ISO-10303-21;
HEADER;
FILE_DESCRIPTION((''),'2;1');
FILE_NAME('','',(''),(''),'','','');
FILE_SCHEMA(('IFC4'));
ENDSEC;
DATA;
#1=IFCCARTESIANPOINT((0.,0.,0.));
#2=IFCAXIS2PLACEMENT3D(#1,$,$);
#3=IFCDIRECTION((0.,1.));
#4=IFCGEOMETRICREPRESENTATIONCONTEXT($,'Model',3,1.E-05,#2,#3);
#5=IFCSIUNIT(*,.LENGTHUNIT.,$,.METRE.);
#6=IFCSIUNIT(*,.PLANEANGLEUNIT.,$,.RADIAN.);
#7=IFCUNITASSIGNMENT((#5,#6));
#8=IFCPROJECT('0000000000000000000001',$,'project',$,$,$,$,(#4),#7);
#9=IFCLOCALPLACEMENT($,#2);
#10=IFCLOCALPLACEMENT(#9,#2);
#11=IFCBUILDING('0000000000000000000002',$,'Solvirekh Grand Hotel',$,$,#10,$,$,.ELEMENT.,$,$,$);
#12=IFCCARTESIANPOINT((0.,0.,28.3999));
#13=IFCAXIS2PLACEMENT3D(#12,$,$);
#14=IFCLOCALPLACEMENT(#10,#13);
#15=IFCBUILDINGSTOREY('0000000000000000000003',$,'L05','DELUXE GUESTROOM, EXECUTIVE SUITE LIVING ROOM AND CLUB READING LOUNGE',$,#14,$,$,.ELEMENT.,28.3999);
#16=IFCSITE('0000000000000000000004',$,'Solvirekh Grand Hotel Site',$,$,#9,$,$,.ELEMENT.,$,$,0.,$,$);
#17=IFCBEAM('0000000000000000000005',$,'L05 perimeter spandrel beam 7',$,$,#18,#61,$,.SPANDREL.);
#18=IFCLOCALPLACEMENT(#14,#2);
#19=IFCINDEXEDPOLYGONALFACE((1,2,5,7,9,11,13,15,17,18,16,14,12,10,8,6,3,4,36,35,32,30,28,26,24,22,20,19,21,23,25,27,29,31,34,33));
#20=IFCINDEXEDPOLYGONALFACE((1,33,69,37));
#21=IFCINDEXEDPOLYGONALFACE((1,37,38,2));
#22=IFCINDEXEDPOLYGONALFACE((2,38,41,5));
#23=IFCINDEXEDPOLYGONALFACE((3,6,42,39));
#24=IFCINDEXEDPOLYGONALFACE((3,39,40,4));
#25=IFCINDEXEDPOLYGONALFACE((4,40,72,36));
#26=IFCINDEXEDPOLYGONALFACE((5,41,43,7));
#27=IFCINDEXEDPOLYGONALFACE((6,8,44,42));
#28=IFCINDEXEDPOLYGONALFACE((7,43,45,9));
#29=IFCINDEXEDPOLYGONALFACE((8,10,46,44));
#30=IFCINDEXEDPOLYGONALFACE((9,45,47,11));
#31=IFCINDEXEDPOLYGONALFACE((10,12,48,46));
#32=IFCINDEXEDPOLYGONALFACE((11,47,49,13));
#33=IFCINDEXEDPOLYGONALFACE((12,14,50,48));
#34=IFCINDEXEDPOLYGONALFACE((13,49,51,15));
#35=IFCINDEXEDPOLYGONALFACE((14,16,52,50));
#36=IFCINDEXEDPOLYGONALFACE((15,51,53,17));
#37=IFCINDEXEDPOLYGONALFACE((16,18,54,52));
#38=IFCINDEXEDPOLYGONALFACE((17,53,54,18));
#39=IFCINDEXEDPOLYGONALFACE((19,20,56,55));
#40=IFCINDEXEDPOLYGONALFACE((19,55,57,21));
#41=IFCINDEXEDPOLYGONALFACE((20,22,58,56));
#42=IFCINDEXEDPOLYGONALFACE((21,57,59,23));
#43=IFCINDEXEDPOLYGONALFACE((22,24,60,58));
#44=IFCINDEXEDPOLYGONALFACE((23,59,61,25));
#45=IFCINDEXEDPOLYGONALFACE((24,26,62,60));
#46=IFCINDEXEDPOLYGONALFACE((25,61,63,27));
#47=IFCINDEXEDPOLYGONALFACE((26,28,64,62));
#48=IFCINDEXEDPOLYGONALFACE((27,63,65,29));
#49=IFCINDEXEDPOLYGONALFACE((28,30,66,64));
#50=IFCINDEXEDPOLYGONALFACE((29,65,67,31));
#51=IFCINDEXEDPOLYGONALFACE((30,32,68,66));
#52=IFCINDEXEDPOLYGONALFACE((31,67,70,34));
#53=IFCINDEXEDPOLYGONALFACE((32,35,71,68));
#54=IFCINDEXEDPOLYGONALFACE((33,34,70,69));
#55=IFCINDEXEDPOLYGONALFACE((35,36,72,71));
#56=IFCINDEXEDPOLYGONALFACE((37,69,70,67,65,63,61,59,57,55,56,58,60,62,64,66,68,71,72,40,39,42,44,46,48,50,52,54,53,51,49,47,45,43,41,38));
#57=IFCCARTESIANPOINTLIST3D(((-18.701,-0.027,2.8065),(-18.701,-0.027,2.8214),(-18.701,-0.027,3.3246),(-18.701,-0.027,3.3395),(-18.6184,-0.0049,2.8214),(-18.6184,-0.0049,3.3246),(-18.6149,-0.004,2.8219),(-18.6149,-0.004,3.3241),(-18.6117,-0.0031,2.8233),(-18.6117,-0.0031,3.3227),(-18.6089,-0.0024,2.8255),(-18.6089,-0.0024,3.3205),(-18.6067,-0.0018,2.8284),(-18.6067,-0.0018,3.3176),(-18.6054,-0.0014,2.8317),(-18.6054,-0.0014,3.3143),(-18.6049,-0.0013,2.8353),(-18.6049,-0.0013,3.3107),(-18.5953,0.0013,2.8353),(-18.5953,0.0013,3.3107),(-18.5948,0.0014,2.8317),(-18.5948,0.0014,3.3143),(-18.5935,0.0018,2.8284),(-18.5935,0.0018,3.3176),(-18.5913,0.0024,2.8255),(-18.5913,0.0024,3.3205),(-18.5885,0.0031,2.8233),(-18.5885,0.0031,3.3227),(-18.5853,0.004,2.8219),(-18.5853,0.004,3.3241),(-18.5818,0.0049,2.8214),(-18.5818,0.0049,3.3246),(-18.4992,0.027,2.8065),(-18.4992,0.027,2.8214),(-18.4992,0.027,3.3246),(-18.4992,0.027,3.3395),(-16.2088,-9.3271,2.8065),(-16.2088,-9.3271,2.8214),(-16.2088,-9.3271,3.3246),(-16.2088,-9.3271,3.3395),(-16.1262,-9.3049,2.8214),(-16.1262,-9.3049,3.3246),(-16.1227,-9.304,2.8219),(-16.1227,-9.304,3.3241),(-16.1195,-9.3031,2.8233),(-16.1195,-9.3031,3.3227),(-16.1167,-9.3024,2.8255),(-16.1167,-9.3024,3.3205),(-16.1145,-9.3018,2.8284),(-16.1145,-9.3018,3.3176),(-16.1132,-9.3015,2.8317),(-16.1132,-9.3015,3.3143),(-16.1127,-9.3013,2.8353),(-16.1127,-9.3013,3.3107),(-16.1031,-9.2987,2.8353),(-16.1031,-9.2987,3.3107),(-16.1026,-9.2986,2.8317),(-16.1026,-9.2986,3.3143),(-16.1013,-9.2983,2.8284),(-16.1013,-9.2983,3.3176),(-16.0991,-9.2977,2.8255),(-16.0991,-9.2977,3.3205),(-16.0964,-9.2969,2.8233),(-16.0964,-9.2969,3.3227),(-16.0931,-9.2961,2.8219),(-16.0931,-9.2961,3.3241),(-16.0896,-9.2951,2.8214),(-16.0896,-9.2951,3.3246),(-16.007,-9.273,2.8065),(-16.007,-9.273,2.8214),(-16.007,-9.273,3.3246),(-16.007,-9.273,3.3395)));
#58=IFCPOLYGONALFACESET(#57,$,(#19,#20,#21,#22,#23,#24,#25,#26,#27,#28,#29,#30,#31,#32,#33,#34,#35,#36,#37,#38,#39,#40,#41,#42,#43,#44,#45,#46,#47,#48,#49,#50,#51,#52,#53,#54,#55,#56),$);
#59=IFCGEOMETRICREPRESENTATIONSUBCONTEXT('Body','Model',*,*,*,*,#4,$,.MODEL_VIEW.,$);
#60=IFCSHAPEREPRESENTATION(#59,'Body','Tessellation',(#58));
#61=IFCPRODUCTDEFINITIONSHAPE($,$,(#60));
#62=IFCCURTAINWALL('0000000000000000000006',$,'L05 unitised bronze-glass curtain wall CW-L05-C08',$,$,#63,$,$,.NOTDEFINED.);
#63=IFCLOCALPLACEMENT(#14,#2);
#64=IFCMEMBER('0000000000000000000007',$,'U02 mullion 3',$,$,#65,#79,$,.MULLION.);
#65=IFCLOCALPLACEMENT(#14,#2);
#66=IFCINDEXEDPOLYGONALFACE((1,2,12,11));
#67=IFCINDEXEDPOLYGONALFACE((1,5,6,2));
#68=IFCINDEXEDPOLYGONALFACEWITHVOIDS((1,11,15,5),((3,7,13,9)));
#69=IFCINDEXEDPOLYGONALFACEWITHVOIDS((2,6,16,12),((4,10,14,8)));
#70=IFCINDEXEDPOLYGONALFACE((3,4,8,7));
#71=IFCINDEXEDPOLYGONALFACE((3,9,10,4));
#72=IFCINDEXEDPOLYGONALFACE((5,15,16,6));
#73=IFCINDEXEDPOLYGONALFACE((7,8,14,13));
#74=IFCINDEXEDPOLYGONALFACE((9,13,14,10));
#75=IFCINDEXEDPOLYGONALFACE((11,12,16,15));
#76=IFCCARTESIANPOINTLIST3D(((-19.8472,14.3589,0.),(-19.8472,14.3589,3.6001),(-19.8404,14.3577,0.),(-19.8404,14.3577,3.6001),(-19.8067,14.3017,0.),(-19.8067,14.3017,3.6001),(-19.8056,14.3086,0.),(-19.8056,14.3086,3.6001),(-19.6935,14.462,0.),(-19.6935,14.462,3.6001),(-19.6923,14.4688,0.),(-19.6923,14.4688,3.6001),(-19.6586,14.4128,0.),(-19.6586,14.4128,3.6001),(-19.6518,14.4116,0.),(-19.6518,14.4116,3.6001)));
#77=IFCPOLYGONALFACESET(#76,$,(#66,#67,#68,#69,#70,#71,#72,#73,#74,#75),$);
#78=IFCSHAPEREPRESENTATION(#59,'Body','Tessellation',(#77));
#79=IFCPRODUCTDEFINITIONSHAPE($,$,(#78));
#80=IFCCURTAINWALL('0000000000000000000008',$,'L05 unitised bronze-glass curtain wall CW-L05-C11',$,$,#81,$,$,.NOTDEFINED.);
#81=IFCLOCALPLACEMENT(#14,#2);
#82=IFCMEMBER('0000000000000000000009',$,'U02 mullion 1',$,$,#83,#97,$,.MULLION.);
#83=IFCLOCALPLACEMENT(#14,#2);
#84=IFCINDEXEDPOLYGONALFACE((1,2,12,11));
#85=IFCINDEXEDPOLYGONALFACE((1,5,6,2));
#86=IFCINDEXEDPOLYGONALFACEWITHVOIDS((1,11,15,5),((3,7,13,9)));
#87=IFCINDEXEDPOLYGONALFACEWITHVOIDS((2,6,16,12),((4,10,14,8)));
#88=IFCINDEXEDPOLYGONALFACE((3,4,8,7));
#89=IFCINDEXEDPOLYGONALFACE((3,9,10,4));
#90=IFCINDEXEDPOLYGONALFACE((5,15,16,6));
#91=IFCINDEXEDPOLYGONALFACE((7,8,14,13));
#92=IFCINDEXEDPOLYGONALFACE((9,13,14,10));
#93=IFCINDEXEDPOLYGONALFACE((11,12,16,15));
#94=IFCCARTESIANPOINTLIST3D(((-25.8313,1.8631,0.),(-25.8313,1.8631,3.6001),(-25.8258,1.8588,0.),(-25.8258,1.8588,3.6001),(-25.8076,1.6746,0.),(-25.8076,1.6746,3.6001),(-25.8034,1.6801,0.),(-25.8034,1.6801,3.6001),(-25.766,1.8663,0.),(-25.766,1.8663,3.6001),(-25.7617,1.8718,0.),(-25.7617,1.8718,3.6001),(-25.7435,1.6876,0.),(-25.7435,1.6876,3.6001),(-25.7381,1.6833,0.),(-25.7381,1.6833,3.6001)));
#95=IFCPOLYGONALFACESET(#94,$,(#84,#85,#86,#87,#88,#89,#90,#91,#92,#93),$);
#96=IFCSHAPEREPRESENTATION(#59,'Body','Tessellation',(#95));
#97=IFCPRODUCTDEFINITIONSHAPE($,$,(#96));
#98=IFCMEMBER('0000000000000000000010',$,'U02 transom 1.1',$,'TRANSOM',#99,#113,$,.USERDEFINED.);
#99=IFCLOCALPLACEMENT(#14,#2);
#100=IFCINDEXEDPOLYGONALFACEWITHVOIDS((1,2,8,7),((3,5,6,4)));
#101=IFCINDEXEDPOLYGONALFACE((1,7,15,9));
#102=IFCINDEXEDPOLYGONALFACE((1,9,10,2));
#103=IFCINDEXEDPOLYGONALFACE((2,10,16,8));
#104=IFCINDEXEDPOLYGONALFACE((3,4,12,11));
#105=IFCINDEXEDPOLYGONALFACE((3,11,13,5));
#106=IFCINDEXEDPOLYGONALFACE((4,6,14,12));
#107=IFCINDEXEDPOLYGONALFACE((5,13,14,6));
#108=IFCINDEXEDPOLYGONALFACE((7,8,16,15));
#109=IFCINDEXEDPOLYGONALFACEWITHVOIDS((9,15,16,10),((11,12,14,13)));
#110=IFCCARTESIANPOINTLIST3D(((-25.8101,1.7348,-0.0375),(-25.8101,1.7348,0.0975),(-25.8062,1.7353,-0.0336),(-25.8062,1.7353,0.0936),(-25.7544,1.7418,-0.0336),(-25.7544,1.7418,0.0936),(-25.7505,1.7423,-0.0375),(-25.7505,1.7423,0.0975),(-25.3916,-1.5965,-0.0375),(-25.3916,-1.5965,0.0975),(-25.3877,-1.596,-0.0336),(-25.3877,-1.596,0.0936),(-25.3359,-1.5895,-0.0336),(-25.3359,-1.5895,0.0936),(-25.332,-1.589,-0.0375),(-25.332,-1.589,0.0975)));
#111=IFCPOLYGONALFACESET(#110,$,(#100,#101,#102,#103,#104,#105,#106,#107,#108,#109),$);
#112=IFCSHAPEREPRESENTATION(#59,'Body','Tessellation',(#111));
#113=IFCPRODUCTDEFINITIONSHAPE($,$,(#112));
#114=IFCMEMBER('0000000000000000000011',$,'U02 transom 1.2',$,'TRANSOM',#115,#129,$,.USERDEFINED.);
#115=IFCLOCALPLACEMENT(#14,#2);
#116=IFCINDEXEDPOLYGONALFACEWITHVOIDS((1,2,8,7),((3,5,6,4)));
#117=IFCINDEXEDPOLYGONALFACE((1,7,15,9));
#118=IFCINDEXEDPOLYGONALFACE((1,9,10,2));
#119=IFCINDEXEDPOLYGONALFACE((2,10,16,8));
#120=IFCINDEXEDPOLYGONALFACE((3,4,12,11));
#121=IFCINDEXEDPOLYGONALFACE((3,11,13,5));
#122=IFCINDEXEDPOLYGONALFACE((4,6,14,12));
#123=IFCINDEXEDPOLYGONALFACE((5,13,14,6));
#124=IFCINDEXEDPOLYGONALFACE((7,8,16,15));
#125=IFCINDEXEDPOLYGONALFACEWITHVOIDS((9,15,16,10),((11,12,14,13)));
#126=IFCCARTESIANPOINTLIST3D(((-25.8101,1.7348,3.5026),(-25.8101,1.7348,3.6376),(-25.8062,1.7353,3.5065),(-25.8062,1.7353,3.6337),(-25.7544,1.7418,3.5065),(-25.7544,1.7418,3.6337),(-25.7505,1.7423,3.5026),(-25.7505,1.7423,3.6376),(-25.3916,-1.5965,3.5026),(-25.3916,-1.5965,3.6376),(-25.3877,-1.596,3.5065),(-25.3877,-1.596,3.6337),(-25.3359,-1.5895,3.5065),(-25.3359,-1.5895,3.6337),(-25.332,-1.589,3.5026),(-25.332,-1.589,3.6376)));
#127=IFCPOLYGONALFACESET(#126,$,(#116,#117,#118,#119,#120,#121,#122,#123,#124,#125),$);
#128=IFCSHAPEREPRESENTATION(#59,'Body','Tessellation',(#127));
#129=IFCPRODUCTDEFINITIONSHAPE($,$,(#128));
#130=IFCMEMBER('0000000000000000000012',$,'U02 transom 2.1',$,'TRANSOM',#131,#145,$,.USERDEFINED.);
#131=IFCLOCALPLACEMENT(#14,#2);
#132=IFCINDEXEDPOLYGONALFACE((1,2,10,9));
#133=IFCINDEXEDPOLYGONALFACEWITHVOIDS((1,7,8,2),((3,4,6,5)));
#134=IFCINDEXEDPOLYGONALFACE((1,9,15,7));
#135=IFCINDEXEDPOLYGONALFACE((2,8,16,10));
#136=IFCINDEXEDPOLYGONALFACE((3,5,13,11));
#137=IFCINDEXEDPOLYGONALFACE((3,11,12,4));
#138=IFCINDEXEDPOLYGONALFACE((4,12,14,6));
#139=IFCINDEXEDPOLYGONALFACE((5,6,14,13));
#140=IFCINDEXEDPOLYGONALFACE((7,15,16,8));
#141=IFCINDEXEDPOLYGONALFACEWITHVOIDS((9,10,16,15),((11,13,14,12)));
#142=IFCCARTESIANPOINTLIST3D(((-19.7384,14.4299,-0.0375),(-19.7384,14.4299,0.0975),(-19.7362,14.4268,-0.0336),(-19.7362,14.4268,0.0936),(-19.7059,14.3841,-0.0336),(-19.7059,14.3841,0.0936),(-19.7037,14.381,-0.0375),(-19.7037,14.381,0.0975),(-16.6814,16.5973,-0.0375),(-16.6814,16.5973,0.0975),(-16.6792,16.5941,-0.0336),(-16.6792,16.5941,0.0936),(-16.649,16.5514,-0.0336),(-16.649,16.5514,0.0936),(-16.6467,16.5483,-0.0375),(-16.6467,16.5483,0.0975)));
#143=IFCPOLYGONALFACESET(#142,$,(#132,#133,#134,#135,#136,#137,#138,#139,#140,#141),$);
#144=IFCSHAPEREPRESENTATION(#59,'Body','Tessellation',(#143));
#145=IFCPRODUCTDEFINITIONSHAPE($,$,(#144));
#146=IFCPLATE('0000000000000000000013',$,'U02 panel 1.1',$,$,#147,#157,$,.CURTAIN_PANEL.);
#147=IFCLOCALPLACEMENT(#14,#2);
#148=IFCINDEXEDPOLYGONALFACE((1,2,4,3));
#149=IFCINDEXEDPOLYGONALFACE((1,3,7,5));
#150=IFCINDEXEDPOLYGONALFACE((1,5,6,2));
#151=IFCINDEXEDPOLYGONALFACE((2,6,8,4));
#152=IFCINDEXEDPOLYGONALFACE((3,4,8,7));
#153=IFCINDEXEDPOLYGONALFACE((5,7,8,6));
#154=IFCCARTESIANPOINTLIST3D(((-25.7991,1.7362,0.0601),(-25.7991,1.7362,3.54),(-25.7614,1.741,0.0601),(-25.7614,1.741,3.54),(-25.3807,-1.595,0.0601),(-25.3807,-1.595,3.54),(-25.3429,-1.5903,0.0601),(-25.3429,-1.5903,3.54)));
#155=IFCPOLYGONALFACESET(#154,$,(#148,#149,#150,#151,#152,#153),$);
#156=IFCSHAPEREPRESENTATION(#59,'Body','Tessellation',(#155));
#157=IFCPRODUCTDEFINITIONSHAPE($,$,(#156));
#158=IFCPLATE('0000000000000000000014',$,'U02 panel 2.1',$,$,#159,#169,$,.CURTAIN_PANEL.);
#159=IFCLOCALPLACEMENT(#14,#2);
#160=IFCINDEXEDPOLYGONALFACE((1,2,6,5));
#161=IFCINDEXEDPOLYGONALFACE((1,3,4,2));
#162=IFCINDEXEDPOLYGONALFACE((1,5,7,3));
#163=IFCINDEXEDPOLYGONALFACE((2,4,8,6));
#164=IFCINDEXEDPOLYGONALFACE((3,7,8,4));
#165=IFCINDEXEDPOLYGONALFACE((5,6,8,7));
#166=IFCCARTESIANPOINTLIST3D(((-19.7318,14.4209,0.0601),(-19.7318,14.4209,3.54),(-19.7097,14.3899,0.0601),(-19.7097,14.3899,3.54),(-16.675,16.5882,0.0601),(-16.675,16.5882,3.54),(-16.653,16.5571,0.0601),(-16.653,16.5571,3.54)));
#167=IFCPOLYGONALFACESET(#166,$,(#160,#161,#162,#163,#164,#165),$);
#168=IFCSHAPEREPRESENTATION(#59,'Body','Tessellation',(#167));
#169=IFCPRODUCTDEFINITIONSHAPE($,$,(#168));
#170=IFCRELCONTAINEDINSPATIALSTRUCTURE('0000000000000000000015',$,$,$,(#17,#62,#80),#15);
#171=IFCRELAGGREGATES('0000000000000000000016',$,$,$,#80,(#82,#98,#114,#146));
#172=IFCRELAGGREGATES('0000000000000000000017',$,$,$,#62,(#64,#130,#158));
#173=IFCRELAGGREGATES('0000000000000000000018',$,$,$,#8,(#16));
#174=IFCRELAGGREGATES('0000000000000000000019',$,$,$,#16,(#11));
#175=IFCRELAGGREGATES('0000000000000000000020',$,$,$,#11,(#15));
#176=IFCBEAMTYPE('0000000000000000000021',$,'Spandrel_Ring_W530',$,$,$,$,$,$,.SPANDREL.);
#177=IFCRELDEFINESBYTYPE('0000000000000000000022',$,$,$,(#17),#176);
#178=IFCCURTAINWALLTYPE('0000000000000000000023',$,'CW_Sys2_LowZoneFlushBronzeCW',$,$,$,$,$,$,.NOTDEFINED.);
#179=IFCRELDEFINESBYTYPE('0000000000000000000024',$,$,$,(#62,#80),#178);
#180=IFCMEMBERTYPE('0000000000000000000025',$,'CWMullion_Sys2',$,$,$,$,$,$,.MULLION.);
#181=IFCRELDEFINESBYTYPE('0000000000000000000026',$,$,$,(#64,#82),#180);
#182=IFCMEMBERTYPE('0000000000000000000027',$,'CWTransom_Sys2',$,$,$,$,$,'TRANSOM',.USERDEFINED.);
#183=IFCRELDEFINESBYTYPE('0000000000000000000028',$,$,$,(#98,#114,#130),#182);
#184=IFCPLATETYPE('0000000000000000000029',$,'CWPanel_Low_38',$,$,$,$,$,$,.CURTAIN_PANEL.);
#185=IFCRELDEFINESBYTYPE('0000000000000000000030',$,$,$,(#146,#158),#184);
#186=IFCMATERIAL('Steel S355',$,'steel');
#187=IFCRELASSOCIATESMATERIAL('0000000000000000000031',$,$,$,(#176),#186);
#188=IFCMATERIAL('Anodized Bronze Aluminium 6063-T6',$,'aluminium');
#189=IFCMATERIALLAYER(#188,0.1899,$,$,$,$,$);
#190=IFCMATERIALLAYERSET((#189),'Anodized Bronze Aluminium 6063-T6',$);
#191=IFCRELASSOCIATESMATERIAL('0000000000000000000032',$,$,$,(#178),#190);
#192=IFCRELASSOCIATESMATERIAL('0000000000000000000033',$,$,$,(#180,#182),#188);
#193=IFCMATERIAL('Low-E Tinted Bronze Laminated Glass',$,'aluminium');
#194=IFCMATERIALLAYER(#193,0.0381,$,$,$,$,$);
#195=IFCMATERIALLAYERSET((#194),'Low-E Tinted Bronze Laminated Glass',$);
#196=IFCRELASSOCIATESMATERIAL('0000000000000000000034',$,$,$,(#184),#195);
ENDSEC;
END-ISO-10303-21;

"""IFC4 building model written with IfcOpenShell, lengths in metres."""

from ifc_helpers import new_model, si_unit, direction, frame, origin, origin_2d, place, context, subcontext, project, spatial, rectangle, hollow_rectangle, i_section, extrude, source, transform, mapped, material, layer, layer_set, material_profile, profile_set, type_object, element, aggregate, save


model = new_model("IFC4")

# Units and contexts
model_context = context("Model", 3, precision=1e-05, world=origin(), true_north=direction((0.0, 1.0)))
body_context = subcontext(model_context, "Body", "Model", "MODEL_VIEW")
ifc_project = project(units=[si_unit("LENGTHUNIT", "METRE"), si_unit("PLANEANGLEUNIT", "RADIAN")], contexts=[model_context])

# Site, building, storey
site_placement = place(None, origin())
site = spatial("IfcSite", under=ifc_project, at=site_placement, Name="Solvirekh Grand Hotel Site", CompositionType="ELEMENT", RefElevation=0.0)
building_placement = place(site_placement, origin())
building = spatial("IfcBuilding", under=site, at=building_placement, Name="Solvirekh Grand Hotel", CompositionType="ELEMENT")
storey_placement = place(building_placement, frame((0.0, 0.0, 28.3999)))
storey = spatial("IfcBuildingStorey", under=building, at=storey_placement, Name="L05", Description="DELUXE GUESTROOM, EXECUTIVE SUITE LIVING ROOM AND CLUB READING LOUNGE", CompositionType="ELEMENT", Elevation=28.3999)

# Beam
ifc_material_1 = material(Name="Steel S355", Category="steel")
ifc_material_profile_1 = material_profile(ifc_material_1, i_section(OverallWidth=0.209, OverallDepth=0.533, WebThickness=0.01, FlangeThickness=0.0149, FilletRadius=0.0139, at=origin_2d()), Name="W530X92")
ifc_profile_set_1 = profile_set([ifc_material_profile_1], Name="Steel S355")
beam_type = type_object("IfcBeamType", Name="Spandrel_Ring_W530", PredefinedType="SPANDREL", material=ifc_profile_set_1)
beam_placement = place(storey_placement, frame((-18.6001, 0.0, 3.073), z_axis=(0.258843, -0.965919, 0.0), x_axis=(0.965919, 0.258843, 0.0)))
element("IfcBeam", 1, at=beam_placement, inside=storey, type_object=beam_type, Name="L05 perimeter spandrel beam 7", PredefinedType="SPANDREL", context=body_context, shape_type="SweptSolid", body=[
    extrude(i_section(OverallWidth=0.209, OverallDepth=0.533, WebThickness=0.01, FlangeThickness=0.0149, FilletRadius=0.0139, at=origin_2d()), origin(), (0.0, 0.0, 1.0), 9.6282),
])

# Curtain wall, member
ifc_material_2 = material(Name="Anodized Bronze Aluminium 6063-T6", Category="aluminium")
ifc_layer_1 = layer(ifc_material_2, 0.1899)
ifc_layer_set_1 = layer_set([ifc_layer_1], Name="Anodized Bronze Aluminium 6063-T6")
curtain_wall_type = type_object("IfcCurtainWallType", Name="CW_Sys2_LowZoneFlushBronzeCW", PredefinedType="NOTDEFINED", material=ifc_layer_set_1)
curtain_wall_1_placement = place(storey_placement, origin())
curtain_wall_1 = element("IfcCurtainWall", 2, at=curtain_wall_1_placement, inside=storey, type_object=curtain_wall_type, Name="L05 unitised bronze-glass curtain wall CW-L05-C08", PredefinedType="NOTDEFINED")
ifc_material_profile_2 = material_profile(ifc_material_2, hollow_rectangle(XDim=0.0701, YDim=0.1899, WallThickness=0.0049, at=origin_2d()), Name="ALU RHS 190X70X5")
ifc_profile_set_2 = profile_set([ifc_material_profile_2], Name="Anodized Bronze Aluminium 6063-T6")
member_type_1 = type_object("IfcMemberType", Name="CWMullion_Sys2", PredefinedType="MULLION", material=ifc_profile_set_2)
shared_shape_1 = source(origin(), body_context, "Body", "SweptSolid", [
    extrude(hollow_rectangle(XDim=0.0701, YDim=0.1899, WallThickness=0.0049, at=origin_2d()), origin(), (0.0, 0.0, 1.0), 3.6001),
])
member_1_placement = place(storey_placement, frame((-19.7495, 14.3853, 0.0), z_axis=(0.0, 0.0, 1.0), x_axis=(0.578374, -0.815772, 0.0)))
member_1 = element("IfcMember", 3, at=member_1_placement, type_object=member_type_1, Name="U02 mullion 3", PredefinedType="MULLION", context=body_context, shape_type="MappedRepresentation", body=[
    mapped(shared_shape_1, transform((0.0, 0.0, 0.0), x_axis=(1.0, 0.0, 0.0), y_axis=(0.0, 1.0, 0.0), z_axis=(0.0, 0.0, 1.0), scale=1.0)),
])

# Curtain wall, members
curtain_wall_2_placement = place(storey_placement, origin())
curtain_wall_2 = element("IfcCurtainWall", 4, at=curtain_wall_2_placement, inside=storey, type_object=curtain_wall_type, Name="L05 unitised bronze-glass curtain wall CW-L05-C11", PredefinedType="NOTDEFINED")
member_2_placement = place(storey_placement, frame((-25.7847, 1.7732, 0.0), z_axis=(0.0, 0.0, 1.0), x_axis=(0.992204, 0.124621, 0.0)))
member_2 = element("IfcMember", 5, at=member_2_placement, type_object=member_type_1, Name="U02 mullion 1", PredefinedType="MULLION", context=body_context, shape_type="MappedRepresentation", body=[
    mapped(shared_shape_1, transform((0.0, 0.0, 0.0), x_axis=(1.0, 0.0, 0.0), y_axis=(0.0, 1.0, 0.0), z_axis=(0.0, 0.0, 1.0), scale=1.0)),
])
ifc_material_profile_3 = material_profile(ifc_material_2, hollow_rectangle(XDim=0.0601, YDim=0.135, WallThickness=0.0039, at=origin_2d()), Name="ALU RHS 135X60X4")
ifc_profile_set_3 = profile_set([ifc_material_profile_3], Name="Anodized Bronze Aluminium 6063-T6")
member_type_2 = type_object("IfcMemberType", Name="CWTransom_Sys2", ElementType="TRANSOM", PredefinedType="USERDEFINED", material=ifc_profile_set_3)
shared_shape_2 = source(origin(), body_context, "Body", "SweptSolid", [
    extrude(hollow_rectangle(XDim=0.0601, YDim=0.135, WallThickness=0.0039, at=origin_2d()), origin(), (0.0, 0.0, 1.0), 3.3574),
])
member_3_placement = place(storey_placement, frame((-25.7803, 1.7385, 0.03), z_axis=(0.124634, -0.992203, 0.0), x_axis=(0.992203, 0.124634, 0.0)))
member_3 = element("IfcMember", 6, at=member_3_placement, type_object=member_type_2, Name="U02 transom 1.1", ObjectType="TRANSOM", PredefinedType="USERDEFINED", context=body_context, shape_type="MappedRepresentation", body=[
    mapped(shared_shape_2, transform((0.0, 0.0, 0.0), x_axis=(1.0, 0.0, 0.0), y_axis=(0.0, 1.0, 0.0), z_axis=(0.0, 0.0, 1.0), scale=1.0)),
])
member_4_placement = place(storey_placement, frame((-25.7803, 1.7385, 3.5701), z_axis=(0.124634, -0.992203, 0.0), x_axis=(0.992203, 0.124634, 0.0)))
member_4 = element("IfcMember", 7, at=member_4_placement, type_object=member_type_2, Name="U02 transom 1.2", ObjectType="TRANSOM", PredefinedType="USERDEFINED", context=body_context, shape_type="MappedRepresentation", body=[
    mapped(shared_shape_2, transform((0.0, 0.0, 0.0), x_axis=(1.0, 0.0, 0.0), y_axis=(0.0, 1.0, 0.0), z_axis=(0.0, 0.0, 1.0), scale=1.0)),
])

# Member
shared_shape_3 = source(origin(), body_context, "Body", "SweptSolid", [
    extrude(hollow_rectangle(XDim=0.0601, YDim=0.135, WallThickness=0.0039, at=origin_2d()), origin(), (0.0, 0.0, 1.0), 3.7473),
])
member_5_placement = place(storey_placement, frame((-16.6641, 16.5728, 0.03), z_axis=(-0.81578, -0.578363, 0.0), x_axis=(0.578363, -0.81578, 0.0)))
member_5 = element("IfcMember", 8, at=member_5_placement, type_object=member_type_2, Name="U02 transom 2.1", ObjectType="TRANSOM", PredefinedType="USERDEFINED", context=body_context, shape_type="MappedRepresentation", body=[
    mapped(shared_shape_3, transform((0.0, 0.0, 0.0), x_axis=(1.0, 0.0, 0.0), y_axis=(0.0, 1.0, 0.0), z_axis=(0.0, 0.0, 1.0), scale=1.0)),
])

# Plates
ifc_material_3 = material(Name="Low-E Tinted Bronze Laminated Glass", Category="aluminium")
ifc_layer_2 = layer(ifc_material_3, 0.0381)
ifc_layer_set_2 = layer_set([ifc_layer_2], Name="Low-E Tinted Bronze Laminated Glass")
plate_type = type_object("IfcPlateType", Name="CWPanel_Low_38", PredefinedType="CURTAIN_PANEL", material=ifc_layer_set_2)
shared_shape_4 = source(origin(), body_context, "Body", "SweptSolid", [
    extrude(rectangle(XDim=3.3574, YDim=0.0381, at=origin_2d()), origin(), (0.0, 0.0, 1.0), 3.48),
])
plate_1_placement = place(storey_placement, frame((-25.571, 0.073, 0.0601), z_axis=(0.0, 0.0, 1.0), x_axis=(0.124621, -0.992204, 0.0)))
plate_1 = element("IfcPlate", 9, at=plate_1_placement, type_object=plate_type, Name="U02 panel 1.1", PredefinedType="CURTAIN_PANEL", context=body_context, shape_type="MappedRepresentation", body=[
    mapped(shared_shape_4, transform((0.0, 0.0, 0.0), x_axis=(1.0, 0.0, 0.0), y_axis=(0.0, 1.0, 0.0), z_axis=(0.0, 0.0, 1.0), scale=1.0)),
])
aggregate(curtain_wall_2, [member_2, member_3, member_4, plate_1])
shared_shape_5 = source(origin(), body_context, "Body", "SweptSolid", [
    extrude(rectangle(XDim=3.7471, YDim=0.0381, at=origin_2d()), origin(), (0.0, 0.0, 1.0), 3.48),
])
plate_2_placement = place(storey_placement, frame((-18.1924, 15.489, 0.0601), z_axis=(0.0, 0.0, 1.0), x_axis=(-0.815772, -0.578374, 0.0)))
plate_2 = element("IfcPlate", 10, at=plate_2_placement, type_object=plate_type, Name="U02 panel 2.1", PredefinedType="CURTAIN_PANEL", context=body_context, shape_type="MappedRepresentation", body=[
    mapped(shared_shape_5, transform((0.0, 0.0, 0.0), x_axis=(1.0, 0.0, 0.0), y_axis=(0.0, 1.0, 0.0), z_axis=(0.0, 0.0, 1.0), scale=1.0)),
])
aggregate(curtain_wall_1, [member_1, member_5, plate_2])

save(model, "model.ifc")
